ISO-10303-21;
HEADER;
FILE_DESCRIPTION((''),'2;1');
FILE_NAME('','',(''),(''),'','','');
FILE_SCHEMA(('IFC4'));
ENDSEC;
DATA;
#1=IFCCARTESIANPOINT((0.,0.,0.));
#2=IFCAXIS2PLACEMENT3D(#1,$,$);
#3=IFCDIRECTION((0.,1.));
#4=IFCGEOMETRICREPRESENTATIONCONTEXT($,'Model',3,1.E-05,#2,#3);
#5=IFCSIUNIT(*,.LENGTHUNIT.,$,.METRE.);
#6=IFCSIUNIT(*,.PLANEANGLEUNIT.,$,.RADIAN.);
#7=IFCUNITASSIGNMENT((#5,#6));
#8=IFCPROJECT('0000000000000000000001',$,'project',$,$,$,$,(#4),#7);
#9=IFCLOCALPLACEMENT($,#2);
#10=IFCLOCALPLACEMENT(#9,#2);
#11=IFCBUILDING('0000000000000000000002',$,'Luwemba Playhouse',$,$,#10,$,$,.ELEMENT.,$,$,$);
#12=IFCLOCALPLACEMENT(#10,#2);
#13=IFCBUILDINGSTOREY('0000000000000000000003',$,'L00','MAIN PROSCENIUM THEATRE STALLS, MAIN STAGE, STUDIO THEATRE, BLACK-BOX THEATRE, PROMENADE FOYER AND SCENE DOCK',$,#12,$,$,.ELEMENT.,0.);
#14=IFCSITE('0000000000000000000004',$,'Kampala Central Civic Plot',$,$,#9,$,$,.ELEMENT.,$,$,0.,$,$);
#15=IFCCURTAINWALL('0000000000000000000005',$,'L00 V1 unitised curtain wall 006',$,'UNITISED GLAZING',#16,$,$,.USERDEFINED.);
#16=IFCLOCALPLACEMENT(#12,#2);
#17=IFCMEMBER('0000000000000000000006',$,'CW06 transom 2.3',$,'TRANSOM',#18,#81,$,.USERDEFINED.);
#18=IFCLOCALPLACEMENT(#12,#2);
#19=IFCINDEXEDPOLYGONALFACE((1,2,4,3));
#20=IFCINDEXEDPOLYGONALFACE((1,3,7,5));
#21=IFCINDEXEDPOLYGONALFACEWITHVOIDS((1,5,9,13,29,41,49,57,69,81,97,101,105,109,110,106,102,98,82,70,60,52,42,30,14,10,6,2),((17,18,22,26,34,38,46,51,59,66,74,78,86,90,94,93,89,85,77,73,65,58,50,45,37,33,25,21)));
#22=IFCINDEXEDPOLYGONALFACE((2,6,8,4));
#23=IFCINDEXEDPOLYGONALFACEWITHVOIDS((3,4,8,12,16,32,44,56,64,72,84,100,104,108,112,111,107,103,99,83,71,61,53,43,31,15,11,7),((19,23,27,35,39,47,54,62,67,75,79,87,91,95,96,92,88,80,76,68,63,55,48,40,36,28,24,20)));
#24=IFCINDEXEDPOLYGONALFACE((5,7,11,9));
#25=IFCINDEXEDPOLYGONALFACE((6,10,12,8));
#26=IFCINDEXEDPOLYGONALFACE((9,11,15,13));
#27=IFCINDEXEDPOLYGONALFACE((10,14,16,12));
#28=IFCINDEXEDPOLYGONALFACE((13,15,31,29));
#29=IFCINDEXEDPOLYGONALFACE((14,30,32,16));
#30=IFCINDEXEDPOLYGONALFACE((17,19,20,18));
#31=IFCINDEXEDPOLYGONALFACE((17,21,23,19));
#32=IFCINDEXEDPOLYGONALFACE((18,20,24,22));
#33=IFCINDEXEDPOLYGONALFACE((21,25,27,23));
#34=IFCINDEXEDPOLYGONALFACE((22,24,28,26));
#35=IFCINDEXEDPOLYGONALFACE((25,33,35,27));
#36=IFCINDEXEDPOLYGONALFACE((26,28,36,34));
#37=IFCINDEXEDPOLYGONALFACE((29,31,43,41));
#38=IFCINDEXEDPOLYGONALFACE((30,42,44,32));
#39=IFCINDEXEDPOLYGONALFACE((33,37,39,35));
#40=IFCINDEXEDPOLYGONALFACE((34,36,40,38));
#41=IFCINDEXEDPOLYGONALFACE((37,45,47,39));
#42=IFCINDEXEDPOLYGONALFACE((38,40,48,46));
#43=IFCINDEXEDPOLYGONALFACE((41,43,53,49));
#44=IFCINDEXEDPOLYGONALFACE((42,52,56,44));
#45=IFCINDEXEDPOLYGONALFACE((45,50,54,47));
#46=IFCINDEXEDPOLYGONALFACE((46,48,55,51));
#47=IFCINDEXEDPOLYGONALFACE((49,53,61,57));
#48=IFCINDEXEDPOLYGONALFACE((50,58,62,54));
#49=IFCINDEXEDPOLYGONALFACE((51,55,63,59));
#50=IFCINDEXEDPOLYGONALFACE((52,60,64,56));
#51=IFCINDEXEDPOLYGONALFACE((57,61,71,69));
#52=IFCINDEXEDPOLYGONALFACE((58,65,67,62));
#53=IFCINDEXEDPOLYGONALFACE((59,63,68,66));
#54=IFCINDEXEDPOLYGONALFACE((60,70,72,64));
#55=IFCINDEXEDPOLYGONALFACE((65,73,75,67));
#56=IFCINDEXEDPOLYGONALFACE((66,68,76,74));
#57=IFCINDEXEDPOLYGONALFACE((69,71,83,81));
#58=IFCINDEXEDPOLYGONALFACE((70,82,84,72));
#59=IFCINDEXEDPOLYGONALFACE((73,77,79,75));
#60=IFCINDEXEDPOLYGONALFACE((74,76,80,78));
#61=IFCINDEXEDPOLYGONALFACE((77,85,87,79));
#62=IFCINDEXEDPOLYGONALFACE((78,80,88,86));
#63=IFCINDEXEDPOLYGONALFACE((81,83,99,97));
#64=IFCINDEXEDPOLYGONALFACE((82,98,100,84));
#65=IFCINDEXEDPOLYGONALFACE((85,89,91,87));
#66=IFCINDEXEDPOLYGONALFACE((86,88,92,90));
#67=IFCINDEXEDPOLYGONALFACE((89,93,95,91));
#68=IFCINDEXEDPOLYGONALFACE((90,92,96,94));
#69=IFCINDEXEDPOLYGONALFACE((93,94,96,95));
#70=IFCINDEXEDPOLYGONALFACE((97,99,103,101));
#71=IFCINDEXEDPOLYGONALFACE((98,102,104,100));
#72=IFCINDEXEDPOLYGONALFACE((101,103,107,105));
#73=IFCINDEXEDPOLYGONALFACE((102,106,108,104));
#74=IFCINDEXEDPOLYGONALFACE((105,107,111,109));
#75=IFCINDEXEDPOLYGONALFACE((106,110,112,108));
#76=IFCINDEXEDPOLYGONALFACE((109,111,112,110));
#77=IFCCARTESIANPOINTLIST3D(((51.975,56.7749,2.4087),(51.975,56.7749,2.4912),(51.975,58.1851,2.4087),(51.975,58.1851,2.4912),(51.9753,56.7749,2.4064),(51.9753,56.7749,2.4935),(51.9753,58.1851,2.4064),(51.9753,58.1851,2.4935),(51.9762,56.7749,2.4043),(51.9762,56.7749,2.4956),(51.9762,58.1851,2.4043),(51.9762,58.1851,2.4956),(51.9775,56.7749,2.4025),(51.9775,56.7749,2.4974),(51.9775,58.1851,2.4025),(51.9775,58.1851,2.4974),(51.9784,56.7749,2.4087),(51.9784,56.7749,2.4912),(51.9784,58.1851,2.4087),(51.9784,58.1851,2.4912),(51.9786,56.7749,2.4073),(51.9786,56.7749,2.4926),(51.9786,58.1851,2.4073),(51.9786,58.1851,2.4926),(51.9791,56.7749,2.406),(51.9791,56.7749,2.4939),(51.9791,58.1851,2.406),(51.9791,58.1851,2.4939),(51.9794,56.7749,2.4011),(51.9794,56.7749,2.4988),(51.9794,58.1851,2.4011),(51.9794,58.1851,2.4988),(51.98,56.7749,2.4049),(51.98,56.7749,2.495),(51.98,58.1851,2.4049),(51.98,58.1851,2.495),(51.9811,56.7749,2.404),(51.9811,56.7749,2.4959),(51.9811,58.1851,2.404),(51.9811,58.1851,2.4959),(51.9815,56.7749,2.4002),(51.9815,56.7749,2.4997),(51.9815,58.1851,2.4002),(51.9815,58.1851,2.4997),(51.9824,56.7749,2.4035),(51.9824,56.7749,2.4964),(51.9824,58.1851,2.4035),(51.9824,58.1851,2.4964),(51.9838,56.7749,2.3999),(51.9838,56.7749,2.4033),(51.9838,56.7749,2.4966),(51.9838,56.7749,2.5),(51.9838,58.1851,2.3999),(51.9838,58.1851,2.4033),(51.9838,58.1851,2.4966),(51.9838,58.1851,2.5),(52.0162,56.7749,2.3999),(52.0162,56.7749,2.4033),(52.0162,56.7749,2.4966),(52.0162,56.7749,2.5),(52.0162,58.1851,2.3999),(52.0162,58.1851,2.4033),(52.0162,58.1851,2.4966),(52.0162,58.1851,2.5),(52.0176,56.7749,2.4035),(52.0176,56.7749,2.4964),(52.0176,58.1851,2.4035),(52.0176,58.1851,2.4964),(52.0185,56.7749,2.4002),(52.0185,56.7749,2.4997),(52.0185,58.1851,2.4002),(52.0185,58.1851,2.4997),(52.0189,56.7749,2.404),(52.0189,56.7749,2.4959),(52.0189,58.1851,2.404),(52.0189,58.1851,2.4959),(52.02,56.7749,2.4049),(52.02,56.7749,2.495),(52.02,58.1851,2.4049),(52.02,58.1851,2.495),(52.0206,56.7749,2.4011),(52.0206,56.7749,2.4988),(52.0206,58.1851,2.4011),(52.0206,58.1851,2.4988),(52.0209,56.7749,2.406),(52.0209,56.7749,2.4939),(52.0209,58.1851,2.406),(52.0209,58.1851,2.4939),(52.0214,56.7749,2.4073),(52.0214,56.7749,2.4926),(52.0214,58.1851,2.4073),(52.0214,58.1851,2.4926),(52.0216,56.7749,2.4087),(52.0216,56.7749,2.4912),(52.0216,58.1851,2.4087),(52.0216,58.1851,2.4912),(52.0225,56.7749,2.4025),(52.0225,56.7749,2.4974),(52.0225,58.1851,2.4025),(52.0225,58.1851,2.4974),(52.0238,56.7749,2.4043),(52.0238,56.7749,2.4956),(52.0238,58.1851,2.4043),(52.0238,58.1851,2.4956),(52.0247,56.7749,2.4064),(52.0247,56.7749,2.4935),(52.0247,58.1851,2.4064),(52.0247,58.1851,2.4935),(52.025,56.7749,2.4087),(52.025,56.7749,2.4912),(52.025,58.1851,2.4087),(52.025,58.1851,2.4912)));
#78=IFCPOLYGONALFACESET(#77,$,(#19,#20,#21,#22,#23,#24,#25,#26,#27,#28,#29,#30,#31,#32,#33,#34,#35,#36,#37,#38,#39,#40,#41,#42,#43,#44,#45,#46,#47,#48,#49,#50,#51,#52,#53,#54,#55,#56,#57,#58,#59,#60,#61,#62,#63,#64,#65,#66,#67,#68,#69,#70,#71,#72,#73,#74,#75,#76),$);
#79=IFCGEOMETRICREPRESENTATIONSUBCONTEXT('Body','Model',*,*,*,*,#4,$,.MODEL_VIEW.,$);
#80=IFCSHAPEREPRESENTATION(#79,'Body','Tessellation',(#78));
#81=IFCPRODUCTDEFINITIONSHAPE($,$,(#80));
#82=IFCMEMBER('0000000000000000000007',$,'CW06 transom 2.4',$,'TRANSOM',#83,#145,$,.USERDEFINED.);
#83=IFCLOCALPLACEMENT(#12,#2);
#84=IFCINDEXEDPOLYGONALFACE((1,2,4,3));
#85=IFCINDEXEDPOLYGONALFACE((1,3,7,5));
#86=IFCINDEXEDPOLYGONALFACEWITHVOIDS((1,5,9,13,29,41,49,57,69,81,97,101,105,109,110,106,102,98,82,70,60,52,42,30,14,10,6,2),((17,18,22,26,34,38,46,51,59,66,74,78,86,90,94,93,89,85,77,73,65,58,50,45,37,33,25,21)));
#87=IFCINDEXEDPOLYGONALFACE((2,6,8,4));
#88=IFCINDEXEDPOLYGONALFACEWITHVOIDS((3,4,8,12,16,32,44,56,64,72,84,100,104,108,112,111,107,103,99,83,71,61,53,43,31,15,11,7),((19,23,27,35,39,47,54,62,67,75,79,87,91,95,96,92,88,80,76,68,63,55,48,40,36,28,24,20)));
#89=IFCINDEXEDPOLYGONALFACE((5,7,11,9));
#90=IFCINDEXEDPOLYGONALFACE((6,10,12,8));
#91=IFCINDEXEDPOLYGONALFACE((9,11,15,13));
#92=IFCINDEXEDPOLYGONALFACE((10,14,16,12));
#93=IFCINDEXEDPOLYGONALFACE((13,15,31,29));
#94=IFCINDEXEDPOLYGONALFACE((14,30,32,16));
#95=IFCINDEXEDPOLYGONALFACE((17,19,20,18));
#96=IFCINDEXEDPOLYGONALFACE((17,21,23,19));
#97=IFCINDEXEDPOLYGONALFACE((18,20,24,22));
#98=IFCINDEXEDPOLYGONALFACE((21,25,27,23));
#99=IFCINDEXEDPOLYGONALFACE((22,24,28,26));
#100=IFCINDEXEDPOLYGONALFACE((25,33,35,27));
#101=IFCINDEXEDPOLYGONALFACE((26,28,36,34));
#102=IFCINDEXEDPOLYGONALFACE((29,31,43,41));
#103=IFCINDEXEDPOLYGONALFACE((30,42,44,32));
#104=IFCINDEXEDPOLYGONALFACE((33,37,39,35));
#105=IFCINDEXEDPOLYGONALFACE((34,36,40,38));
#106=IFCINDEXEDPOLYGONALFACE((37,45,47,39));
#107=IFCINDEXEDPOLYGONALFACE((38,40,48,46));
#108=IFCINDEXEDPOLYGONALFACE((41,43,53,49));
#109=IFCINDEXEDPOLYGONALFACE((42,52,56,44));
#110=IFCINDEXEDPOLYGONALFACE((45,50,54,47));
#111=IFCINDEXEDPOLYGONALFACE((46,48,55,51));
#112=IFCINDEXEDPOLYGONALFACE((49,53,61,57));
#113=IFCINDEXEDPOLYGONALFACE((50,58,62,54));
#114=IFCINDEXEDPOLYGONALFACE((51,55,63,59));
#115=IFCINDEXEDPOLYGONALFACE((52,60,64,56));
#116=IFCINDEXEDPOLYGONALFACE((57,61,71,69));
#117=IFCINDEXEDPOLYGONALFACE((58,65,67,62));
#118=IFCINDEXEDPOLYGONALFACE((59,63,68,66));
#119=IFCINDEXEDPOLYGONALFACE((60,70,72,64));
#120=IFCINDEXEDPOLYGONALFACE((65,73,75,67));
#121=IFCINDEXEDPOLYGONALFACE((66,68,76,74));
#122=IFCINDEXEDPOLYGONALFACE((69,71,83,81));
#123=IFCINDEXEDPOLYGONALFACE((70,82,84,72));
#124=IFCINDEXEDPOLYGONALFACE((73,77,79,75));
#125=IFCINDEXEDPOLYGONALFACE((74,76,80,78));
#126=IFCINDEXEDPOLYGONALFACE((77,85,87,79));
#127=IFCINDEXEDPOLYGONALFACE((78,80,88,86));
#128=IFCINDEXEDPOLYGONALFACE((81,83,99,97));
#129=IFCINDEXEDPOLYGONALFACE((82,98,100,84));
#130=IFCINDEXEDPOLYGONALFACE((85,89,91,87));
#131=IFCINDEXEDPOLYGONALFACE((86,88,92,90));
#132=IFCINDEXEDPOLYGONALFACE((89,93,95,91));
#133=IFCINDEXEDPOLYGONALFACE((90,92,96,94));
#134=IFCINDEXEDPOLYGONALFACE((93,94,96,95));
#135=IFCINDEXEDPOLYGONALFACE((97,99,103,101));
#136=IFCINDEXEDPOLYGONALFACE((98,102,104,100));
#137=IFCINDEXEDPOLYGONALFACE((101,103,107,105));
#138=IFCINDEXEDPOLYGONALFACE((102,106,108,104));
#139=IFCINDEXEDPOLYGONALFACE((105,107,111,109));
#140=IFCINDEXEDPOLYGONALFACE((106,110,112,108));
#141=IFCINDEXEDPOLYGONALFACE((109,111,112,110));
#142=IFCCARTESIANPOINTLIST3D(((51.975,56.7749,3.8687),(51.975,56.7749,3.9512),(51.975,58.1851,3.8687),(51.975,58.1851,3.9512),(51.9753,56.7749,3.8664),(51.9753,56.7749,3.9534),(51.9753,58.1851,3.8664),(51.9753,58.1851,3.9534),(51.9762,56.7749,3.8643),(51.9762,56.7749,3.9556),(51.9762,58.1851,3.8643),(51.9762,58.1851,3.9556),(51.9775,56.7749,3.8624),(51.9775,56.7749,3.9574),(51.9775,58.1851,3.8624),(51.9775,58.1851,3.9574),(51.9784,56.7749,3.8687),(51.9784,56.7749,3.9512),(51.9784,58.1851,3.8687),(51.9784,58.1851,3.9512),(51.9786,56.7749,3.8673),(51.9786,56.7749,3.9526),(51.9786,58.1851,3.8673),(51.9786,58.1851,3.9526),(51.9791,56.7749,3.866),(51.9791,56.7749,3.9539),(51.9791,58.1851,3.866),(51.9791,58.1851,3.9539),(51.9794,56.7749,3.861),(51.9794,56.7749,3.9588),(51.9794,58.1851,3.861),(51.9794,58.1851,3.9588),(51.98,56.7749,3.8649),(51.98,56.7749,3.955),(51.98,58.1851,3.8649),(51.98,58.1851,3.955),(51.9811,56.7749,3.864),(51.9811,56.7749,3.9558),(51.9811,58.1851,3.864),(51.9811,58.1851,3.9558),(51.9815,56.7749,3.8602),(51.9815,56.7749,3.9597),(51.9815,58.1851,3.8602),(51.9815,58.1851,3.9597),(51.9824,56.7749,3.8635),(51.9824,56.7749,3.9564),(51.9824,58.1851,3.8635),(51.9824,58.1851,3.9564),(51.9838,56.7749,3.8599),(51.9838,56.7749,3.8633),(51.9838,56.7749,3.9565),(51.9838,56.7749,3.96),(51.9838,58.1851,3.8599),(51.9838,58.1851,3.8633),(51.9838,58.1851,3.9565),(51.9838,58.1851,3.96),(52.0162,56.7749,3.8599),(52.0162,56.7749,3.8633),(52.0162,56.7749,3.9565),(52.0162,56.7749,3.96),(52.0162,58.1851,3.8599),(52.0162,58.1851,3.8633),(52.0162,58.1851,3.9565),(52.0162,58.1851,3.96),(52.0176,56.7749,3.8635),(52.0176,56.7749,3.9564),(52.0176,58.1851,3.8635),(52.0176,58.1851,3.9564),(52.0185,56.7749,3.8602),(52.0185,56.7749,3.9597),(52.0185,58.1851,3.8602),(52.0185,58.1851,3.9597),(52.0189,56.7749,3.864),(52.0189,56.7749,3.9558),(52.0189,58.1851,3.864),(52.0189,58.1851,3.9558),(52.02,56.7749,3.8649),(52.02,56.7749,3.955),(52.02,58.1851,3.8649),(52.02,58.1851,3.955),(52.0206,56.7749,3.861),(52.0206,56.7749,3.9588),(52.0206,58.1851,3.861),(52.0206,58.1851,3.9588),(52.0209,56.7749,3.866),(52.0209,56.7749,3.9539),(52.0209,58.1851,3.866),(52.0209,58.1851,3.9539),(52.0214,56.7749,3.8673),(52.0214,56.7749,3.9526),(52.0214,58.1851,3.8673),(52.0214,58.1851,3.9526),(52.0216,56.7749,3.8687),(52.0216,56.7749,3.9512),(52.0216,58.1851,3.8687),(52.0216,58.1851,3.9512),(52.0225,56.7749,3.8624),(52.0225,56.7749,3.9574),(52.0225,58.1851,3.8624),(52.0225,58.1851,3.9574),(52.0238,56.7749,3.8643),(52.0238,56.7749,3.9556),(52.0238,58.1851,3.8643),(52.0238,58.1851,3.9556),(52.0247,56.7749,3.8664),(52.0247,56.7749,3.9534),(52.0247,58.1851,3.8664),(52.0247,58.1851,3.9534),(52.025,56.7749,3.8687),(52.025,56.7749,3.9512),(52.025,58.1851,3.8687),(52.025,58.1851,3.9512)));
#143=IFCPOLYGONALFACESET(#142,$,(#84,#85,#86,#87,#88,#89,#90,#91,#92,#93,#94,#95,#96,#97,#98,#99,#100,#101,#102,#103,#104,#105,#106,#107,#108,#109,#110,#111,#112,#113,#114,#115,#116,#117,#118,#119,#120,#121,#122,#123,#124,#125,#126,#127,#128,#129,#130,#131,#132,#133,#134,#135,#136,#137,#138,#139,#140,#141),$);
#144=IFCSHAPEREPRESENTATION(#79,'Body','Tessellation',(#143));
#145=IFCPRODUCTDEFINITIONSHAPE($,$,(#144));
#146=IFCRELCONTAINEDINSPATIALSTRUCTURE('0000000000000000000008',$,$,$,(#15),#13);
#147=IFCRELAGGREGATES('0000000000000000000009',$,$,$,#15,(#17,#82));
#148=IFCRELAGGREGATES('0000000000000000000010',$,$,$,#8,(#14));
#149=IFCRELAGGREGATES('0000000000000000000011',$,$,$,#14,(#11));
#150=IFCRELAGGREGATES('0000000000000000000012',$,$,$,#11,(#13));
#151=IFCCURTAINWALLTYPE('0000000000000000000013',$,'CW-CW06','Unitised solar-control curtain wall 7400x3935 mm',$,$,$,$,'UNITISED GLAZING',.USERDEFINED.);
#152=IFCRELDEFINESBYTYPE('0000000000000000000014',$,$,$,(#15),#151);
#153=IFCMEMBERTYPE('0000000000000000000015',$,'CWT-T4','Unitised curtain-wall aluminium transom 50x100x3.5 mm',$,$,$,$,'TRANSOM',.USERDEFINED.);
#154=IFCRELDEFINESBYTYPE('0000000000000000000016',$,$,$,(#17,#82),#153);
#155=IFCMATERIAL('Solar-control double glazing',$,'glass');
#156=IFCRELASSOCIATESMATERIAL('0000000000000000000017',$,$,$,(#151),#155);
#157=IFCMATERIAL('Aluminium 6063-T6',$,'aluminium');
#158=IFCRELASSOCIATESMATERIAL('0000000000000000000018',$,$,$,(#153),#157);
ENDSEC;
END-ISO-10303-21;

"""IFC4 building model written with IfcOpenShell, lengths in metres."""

from ifc_helpers import new_model, si_unit, direction, frame, origin, origin_2d, place, context, subcontext, project, spatial, hollow_rectangle, extrude, material, material_profile, profile_set, type_object, element, aggregate, save


model = new_model("IFC4")

# Units and contexts
model_context = context("Model", 3, precision=1e-05, world=origin(), true_north=direction((0.0, 1.0)))
body_context = subcontext(model_context, "Body", "Model", "MODEL_VIEW")
ifc_project = project(units=[si_unit("LENGTHUNIT", "METRE"), si_unit("PLANEANGLEUNIT", "RADIAN")], contexts=[model_context])

# Site, building, storey
site_placement = place(None, origin())
site = spatial("IfcSite", under=ifc_project, at=site_placement, Name="Kampala Central Civic Plot", CompositionType="ELEMENT", RefElevation=0.0)
building_placement = place(site_placement, origin())
building = spatial("IfcBuilding", under=site, at=building_placement, Name="Luwemba Playhouse", CompositionType="ELEMENT")
storey_placement = place(building_placement, origin())
storey = spatial("IfcBuildingStorey", under=building, at=storey_placement, Name="L00", Description="MAIN PROSCENIUM THEATRE STALLS, MAIN STAGE, STUDIO THEATRE, BLACK-BOX THEATRE, PROMENADE FOYER AND SCENE DOCK", CompositionType="ELEMENT", Elevation=0.0)

# Curtain wall, members
ifc_material_1 = material(Name="Solar-control double glazing", Category="glass")
curtain_wall_type = type_object("IfcCurtainWallType", Name="CW-CW06", Description="Unitised solar-control curtain wall 7400x3935 mm", ElementType="UNITISED GLAZING", PredefinedType="USERDEFINED", material=ifc_material_1)
curtain_wall_placement = place(storey_placement, origin())
curtain_wall = element("IfcCurtainWall", 1, at=curtain_wall_placement, inside=storey, type_object=curtain_wall_type, Name="L00 V1 unitised curtain wall 006", ObjectType="UNITISED GLAZING", PredefinedType="USERDEFINED")
ifc_material_2 = material(Name="Aluminium 6063-T6", Category="aluminium")
ifc_material_profile_1 = material_profile(ifc_material_2, hollow_rectangle(XDim=0.05, YDim=0.1001, WallThickness=0.0034, InnerFilletRadius=0.0054, OuterFilletRadius=0.0088, at=origin_2d()))
ifc_profile_set_1 = profile_set([ifc_material_profile_1], Name="Aluminium 6063-T6")
member_type_1 = type_object("IfcMemberType", Name="CWT-T4", Description="Unitised curtain-wall aluminium transom 50x100x3.5 mm", ElementType="TRANSOM", PredefinedType="USERDEFINED", material=ifc_profile_set_1)
member_1_placement = place(storey_placement, frame((52.0, 58.1851, 2.45), z_axis=(0.0, -1.0, 0.0), x_axis=(1.0, 0.0, 0.0)))
member_1 = element("IfcMember", 2, at=member_1_placement, type_object=member_type_1, Name="CW06 transom 2.3", ObjectType="TRANSOM", PredefinedType="USERDEFINED", context=body_context, shape_type="SweptSolid", body=[
    extrude(hollow_rectangle(XDim=0.05, YDim=0.1001, WallThickness=0.0034, InnerFilletRadius=0.0054, OuterFilletRadius=0.0088, at=origin_2d()), origin(), (0.0, 0.0, 1.0), 1.4102),
])
member_2_placement = place(storey_placement, frame((52.0, 58.1851, 3.9099), z_axis=(0.0, -1.0, 0.0), x_axis=(1.0, 0.0, 0.0)))
member_2 = element("IfcMember", 3, at=member_2_placement, type_object=member_type_1, Name="CW06 transom 2.4", ObjectType="TRANSOM", PredefinedType="USERDEFINED", context=body_context, shape_type="SweptSolid", body=[
    extrude(hollow_rectangle(XDim=0.05, YDim=0.1001, WallThickness=0.0034, InnerFilletRadius=0.0054, OuterFilletRadius=0.0088, at=origin_2d()), origin(), (0.0, 0.0, 1.0), 1.4102),
])
aggregate(curtain_wall, [member_1, member_2])

save(model, "model.ifc")
